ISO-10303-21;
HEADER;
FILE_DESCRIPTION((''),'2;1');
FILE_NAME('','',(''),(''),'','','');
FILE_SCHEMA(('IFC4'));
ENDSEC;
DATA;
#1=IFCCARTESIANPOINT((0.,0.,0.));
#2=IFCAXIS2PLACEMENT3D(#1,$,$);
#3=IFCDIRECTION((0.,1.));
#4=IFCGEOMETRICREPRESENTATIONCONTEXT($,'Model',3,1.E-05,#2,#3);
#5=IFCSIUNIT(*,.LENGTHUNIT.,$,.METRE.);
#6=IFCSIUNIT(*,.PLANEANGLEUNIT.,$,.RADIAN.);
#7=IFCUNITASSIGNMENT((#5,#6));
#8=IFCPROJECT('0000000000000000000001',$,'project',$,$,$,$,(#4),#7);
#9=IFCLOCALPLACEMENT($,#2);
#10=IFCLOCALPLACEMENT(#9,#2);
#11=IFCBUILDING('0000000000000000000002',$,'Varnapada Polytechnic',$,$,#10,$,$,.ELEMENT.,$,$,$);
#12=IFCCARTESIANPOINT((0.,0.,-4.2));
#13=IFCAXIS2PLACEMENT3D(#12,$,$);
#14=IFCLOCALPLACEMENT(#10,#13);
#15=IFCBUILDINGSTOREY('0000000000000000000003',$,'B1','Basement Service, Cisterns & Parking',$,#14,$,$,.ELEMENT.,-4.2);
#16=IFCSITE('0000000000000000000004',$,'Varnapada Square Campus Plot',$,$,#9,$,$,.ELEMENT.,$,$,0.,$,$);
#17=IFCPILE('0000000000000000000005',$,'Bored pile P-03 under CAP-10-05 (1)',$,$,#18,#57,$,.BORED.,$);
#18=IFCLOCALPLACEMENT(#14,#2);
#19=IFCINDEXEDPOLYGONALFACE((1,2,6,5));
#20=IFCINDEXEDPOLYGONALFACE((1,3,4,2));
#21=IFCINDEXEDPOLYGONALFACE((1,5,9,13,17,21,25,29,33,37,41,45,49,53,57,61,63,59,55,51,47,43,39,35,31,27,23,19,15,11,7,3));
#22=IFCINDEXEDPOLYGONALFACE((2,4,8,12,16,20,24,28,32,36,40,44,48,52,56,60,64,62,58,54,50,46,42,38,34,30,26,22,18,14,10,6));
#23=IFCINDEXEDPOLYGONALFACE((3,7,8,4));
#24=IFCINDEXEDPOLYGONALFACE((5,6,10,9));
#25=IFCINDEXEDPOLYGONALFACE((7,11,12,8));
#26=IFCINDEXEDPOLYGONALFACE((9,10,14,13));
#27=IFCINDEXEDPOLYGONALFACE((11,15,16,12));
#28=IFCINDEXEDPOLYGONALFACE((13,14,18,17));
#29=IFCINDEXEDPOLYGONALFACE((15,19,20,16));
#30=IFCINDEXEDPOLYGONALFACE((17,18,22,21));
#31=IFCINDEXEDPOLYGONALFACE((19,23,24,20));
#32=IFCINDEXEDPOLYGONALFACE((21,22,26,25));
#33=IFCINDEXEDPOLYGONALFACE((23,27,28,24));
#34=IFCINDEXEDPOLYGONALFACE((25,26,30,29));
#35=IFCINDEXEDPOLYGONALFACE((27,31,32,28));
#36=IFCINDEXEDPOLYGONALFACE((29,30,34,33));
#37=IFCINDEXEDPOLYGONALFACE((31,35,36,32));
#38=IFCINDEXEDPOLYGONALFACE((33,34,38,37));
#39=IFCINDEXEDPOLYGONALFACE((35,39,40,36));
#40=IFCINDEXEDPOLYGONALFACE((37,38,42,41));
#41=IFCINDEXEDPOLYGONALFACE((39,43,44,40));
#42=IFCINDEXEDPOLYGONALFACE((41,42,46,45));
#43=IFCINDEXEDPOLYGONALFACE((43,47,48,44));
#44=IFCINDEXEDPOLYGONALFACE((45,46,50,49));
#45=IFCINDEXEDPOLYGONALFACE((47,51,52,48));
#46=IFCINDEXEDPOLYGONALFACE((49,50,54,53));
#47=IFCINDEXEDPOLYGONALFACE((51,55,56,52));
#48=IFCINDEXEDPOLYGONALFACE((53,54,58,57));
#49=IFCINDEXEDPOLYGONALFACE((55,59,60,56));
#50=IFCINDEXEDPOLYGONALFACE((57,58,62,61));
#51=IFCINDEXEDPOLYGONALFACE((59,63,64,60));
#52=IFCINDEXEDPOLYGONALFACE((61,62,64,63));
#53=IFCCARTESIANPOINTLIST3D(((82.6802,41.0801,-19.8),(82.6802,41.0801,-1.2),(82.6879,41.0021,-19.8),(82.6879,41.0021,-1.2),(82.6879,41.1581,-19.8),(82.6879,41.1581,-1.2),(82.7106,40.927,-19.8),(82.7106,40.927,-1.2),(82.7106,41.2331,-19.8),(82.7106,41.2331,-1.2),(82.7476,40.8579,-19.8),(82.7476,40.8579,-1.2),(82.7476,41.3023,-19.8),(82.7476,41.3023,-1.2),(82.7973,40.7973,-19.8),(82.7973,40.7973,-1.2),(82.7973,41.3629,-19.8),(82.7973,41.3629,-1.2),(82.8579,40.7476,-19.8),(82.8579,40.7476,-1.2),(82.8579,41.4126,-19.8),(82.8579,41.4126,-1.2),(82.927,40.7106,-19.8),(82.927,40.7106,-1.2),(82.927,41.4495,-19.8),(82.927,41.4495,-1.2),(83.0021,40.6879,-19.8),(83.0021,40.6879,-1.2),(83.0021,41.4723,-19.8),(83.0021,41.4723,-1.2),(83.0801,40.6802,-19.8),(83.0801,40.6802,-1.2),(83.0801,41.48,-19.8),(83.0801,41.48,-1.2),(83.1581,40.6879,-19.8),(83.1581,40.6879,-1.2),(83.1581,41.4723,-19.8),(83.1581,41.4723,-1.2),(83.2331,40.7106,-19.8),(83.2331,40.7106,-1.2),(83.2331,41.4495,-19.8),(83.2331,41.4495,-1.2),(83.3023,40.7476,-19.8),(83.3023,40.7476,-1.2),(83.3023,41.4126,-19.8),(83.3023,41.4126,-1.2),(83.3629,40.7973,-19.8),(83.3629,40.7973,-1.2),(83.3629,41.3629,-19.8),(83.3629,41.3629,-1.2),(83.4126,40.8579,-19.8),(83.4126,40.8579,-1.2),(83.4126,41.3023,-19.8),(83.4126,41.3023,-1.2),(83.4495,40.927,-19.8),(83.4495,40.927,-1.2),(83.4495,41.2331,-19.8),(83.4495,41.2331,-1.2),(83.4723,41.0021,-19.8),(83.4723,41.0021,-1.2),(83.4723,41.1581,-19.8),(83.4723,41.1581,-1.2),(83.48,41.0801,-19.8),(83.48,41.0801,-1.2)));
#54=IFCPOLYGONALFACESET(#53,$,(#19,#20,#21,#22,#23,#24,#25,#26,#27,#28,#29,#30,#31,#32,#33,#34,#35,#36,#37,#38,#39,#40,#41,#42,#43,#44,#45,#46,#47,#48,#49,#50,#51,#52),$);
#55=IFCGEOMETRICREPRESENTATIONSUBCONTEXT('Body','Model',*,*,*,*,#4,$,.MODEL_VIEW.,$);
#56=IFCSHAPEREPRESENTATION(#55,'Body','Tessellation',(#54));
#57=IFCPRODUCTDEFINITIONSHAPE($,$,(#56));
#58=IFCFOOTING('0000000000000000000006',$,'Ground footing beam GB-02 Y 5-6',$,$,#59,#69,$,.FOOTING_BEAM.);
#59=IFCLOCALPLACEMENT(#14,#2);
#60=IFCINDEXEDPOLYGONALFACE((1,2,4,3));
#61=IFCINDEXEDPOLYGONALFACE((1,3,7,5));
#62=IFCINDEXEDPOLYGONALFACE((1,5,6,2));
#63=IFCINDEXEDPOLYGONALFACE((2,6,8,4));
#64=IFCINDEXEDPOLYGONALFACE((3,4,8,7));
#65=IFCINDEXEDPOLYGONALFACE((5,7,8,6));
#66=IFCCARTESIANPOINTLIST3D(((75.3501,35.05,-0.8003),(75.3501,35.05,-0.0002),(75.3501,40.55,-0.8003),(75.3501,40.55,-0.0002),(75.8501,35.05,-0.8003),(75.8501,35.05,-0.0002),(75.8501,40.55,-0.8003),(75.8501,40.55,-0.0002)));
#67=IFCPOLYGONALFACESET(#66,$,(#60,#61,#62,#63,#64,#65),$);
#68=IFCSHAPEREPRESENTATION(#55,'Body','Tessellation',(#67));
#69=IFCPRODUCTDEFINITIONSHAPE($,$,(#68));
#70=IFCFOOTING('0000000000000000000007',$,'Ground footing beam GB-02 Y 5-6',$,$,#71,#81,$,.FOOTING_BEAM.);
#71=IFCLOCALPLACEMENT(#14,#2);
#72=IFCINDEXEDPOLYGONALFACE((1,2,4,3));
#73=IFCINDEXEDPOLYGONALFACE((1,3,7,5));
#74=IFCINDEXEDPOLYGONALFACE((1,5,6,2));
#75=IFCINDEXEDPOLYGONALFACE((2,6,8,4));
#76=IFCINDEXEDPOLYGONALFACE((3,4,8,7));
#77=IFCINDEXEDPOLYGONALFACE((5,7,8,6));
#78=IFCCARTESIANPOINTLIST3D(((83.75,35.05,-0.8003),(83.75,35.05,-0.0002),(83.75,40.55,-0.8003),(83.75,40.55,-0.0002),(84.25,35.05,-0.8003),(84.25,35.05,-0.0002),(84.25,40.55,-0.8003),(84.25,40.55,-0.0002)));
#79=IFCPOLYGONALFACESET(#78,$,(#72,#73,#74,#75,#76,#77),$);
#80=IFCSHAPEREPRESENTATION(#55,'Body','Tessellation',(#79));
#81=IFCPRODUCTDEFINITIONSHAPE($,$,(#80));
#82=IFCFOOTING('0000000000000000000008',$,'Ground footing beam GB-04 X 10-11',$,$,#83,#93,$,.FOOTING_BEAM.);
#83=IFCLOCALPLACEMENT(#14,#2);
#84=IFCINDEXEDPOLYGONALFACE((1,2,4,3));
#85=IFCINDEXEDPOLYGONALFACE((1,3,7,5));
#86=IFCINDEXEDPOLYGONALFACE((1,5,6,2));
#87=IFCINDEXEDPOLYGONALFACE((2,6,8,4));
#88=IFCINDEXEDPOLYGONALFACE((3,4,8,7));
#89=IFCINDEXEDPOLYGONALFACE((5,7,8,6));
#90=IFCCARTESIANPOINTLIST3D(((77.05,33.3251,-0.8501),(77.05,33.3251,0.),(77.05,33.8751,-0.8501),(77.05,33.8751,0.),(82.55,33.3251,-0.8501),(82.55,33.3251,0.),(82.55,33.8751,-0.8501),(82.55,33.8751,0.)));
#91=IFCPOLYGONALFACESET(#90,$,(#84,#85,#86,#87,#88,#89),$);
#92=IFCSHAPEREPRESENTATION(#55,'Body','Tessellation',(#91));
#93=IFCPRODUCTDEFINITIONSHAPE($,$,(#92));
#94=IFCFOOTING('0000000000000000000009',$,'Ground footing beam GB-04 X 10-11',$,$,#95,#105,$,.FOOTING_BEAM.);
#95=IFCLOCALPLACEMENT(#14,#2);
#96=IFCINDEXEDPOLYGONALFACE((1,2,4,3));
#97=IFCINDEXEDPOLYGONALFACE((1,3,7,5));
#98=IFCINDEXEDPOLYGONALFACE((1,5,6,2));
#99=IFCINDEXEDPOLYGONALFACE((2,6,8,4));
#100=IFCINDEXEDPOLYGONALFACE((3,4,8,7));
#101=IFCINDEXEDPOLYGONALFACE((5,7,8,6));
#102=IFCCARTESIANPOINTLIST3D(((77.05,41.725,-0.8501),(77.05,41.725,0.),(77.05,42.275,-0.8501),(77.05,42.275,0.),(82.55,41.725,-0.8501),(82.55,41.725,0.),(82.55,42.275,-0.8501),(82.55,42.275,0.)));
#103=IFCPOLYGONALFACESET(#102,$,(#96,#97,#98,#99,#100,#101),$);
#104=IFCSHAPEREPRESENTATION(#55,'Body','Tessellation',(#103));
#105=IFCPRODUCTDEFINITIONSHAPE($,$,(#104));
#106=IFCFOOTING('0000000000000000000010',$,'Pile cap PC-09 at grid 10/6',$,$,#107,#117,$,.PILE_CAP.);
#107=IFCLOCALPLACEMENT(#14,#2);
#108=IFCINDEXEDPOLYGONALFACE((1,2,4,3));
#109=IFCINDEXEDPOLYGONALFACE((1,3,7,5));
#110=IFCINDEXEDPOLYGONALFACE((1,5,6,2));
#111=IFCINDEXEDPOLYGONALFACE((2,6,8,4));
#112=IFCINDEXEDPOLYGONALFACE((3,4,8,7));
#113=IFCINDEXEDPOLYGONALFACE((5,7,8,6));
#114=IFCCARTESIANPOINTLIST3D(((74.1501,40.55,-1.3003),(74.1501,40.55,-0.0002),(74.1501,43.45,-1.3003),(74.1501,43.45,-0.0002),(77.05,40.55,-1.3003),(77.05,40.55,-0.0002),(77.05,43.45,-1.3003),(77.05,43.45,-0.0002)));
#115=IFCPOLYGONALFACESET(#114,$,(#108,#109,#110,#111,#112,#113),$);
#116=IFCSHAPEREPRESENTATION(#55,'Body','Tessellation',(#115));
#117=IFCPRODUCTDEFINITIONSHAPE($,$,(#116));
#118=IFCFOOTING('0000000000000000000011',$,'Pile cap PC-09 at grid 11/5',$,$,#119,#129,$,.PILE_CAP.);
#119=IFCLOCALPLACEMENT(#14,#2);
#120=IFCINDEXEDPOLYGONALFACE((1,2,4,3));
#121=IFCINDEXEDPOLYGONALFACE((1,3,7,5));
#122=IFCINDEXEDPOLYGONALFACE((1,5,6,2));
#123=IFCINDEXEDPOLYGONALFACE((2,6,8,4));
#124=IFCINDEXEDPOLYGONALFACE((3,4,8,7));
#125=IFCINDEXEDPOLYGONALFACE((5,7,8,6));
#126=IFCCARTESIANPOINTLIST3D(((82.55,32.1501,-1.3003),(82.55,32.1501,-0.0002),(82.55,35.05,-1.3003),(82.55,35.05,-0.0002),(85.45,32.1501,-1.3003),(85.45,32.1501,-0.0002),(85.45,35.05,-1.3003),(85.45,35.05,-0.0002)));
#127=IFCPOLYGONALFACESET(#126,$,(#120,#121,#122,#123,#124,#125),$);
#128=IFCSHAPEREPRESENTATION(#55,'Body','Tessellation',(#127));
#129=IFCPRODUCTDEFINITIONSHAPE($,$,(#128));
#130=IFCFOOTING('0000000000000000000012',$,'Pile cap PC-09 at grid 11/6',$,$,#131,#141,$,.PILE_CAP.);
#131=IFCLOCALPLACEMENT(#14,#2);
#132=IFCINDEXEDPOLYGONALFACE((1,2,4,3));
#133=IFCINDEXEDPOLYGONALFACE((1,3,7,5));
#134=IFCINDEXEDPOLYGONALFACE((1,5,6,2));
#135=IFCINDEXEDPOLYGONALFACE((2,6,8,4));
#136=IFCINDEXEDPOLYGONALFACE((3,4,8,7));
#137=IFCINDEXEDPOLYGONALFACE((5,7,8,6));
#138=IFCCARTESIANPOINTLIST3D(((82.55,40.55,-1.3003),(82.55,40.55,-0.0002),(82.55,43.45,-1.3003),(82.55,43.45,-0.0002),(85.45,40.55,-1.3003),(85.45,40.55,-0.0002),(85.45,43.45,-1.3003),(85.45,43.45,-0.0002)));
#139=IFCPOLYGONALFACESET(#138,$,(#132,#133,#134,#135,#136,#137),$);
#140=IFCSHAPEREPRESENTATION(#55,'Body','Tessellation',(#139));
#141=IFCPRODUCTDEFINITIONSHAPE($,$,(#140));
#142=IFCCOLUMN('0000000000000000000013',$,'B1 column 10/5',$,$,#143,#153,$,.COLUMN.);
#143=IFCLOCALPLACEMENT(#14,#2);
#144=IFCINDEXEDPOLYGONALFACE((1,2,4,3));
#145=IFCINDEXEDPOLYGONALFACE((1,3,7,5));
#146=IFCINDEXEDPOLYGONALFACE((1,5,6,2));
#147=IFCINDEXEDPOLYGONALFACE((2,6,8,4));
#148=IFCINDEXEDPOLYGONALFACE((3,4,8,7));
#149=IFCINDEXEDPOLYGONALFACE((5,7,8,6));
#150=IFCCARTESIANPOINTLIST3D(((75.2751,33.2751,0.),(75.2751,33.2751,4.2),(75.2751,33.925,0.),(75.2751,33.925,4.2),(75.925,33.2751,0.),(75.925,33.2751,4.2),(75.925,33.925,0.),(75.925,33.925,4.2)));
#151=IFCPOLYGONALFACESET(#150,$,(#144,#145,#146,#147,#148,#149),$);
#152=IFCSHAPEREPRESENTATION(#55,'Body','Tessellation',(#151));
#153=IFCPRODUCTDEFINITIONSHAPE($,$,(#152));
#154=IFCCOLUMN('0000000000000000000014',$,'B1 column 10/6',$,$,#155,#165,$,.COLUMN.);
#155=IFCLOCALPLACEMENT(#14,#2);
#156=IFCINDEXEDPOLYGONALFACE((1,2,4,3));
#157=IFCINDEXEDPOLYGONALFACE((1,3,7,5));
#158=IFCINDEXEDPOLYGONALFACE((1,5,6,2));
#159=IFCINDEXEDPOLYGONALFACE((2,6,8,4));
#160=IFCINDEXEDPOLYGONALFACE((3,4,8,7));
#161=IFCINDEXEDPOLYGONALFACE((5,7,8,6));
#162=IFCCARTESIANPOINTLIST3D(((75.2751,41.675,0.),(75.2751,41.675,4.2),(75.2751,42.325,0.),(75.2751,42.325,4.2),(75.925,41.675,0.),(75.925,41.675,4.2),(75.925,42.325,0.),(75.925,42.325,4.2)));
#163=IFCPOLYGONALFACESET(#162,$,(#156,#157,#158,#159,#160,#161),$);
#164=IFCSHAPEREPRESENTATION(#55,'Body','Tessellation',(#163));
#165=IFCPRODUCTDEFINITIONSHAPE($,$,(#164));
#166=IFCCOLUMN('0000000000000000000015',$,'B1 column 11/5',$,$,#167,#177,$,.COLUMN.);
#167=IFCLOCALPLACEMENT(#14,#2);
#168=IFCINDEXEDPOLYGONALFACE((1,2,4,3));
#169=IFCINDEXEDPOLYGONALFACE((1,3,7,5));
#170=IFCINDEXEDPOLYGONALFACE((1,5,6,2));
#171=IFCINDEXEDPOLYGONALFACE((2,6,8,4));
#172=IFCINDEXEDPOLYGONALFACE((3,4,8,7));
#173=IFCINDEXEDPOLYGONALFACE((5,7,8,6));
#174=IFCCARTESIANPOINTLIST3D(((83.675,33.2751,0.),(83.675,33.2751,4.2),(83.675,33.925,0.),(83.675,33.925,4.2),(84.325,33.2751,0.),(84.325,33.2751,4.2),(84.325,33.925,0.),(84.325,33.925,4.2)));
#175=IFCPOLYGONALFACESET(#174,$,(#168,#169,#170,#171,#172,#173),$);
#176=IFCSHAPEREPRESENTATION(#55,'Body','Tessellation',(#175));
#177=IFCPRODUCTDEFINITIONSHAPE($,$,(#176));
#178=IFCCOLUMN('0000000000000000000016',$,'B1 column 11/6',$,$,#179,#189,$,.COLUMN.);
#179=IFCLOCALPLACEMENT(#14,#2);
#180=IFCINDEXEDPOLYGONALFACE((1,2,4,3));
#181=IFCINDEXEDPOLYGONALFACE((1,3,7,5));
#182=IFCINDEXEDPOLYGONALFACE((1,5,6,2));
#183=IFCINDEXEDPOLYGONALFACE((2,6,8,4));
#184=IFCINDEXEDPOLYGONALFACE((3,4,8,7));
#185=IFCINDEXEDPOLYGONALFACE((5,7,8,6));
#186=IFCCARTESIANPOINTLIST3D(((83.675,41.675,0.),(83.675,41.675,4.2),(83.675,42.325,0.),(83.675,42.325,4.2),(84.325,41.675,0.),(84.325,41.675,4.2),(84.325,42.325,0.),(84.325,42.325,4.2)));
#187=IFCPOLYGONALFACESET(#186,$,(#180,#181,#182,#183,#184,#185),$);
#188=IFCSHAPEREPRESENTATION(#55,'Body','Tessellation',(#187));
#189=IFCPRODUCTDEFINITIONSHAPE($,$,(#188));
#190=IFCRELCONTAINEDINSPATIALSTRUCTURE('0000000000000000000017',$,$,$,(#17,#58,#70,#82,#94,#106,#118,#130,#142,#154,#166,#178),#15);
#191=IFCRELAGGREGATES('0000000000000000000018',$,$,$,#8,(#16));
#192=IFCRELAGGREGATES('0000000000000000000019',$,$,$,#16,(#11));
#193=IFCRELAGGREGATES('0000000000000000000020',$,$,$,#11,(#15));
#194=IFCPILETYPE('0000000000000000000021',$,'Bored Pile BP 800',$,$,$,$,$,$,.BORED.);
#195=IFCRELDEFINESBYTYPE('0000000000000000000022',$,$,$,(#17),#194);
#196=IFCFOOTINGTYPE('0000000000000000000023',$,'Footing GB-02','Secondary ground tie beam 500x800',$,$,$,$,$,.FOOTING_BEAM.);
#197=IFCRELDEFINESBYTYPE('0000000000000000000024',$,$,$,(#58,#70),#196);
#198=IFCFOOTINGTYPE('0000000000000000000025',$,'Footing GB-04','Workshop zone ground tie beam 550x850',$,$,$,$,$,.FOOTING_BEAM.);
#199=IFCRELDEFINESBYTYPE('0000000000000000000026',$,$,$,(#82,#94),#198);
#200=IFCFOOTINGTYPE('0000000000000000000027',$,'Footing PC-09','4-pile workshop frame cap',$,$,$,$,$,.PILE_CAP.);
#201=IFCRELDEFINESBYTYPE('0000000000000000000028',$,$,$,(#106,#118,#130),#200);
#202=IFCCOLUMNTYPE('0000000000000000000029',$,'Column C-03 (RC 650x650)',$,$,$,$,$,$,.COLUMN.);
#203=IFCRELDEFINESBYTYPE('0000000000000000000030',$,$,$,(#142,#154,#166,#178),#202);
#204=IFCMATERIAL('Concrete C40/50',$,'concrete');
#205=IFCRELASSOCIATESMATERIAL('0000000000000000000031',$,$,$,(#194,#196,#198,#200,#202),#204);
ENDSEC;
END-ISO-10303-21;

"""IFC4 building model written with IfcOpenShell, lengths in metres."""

from ifc_helpers import new_model, si_unit, direction, frame, origin, origin_2d, place, context, subcontext, project, spatial, rectangle, circle, extrude, material, material_profile, profile_set, type_object, element, save


model = new_model("IFC4")

# Units and contexts
model_context = context("Model", 3, precision=1e-05, world=origin(), true_north=direction((0.0, 1.0)))
body_context = subcontext(model_context, "Body", "Model", "MODEL_VIEW")
ifc_project = project(units=[si_unit("LENGTHUNIT", "METRE"), si_unit("PLANEANGLEUNIT", "RADIAN")], contexts=[model_context])

# Site, building, storey
site_placement = place(None, origin())
site = spatial("IfcSite", under=ifc_project, at=site_placement, Name="Varnapada Square Campus Plot", CompositionType="ELEMENT", RefElevation=0.0)
building_placement = place(site_placement, origin())
building = spatial("IfcBuilding", under=site, at=building_placement, Name="Varnapada Polytechnic", CompositionType="ELEMENT")
storey_placement = place(building_placement, frame((0.0, 0.0, -4.2)))
storey = spatial("IfcBuildingStorey", under=building, at=storey_placement, Name="B1", Description="Basement Service, Cisterns & Parking", CompositionType="ELEMENT", Elevation=-4.2)

# Pile
ifc_material_1 = material(Name="Concrete C40/50", Category="concrete")
ifc_material_profile_1 = material_profile(ifc_material_1, circle(Radius=0.3999, at=origin_2d()), Name="BP 800")
ifc_profile_set_1 = profile_set([ifc_material_profile_1], Name="Concrete C40/50")
pile_type = type_object("IfcPileType", Name="Bored Pile BP 800", PredefinedType="BORED", material=ifc_profile_set_1)
for number, where, z_axis, x_axis, name in (
    (1, (83.0801, 41.0801, -1.2), (0.0, 0.0, -1.0), (1.0, 0.0, 0.0), "Bored pile P-03 under CAP-10-05 (1)"),
):
    element("IfcPile", number, at=place(storey_placement, frame(where, z_axis=z_axis, x_axis=x_axis)), inside=storey, type_object=pile_type, Name=name, PredefinedType="BORED", context=body_context, shape_type="SweptSolid", body=[
        extrude(circle(Radius=0.3999, at=origin_2d()), origin(), (0.0, 0.0, 1.0), 18.6001),
    ])

# Footings
footing_type_1 = type_object("IfcFootingType", Name="Footing GB-02", Description="Secondary ground tie beam 500x800", PredefinedType="FOOTING_BEAM", material=ifc_material_1)
for number, where, z_axis, x_axis, name in (
    (2, (75.6001, 37.8, -0.8003), (0.0, 0.0, 1.0), (0.0, 1.0, 0.0), "Ground footing beam GB-02 Y 5-6"),
    (3, (84.0, 37.8, -0.8003), (0.0, 0.0, 1.0), (0.0, 1.0, 0.0), "Ground footing beam GB-02 Y 5-6"),
):
    element("IfcFooting", number, at=place(storey_placement, frame(where, z_axis=z_axis, x_axis=x_axis)), inside=storey, type_object=footing_type_1, Name=name, PredefinedType="FOOTING_BEAM", context=body_context, shape_type="SweptSolid", body=[
        extrude(rectangle(XDim=5.5, YDim=0.5, at=origin_2d()), origin(), (0.0, 0.0, 1.0), 0.8),
    ])
footing_type_2 = type_object("IfcFootingType", Name="Footing GB-04", Description="Workshop zone ground tie beam 550x850", PredefinedType="FOOTING_BEAM", material=ifc_material_1)
for number, where, z_axis, x_axis, name in (
    (4, (79.8, 33.6001, -0.8501), (0.0, 0.0, 1.0), (1.0, 0.0, 0.0), "Ground footing beam GB-04 X 10-11"),
    (5, (79.8, 42.0, -0.8501), (0.0, 0.0, 1.0), (1.0, 0.0, 0.0), "Ground footing beam GB-04 X 10-11"),
):
    element("IfcFooting", number, at=place(storey_placement, frame(where, z_axis=z_axis, x_axis=x_axis)), inside=storey, type_object=footing_type_2, Name=name, PredefinedType="FOOTING_BEAM", context=body_context, shape_type="SweptSolid", body=[
        extrude(rectangle(XDim=5.5, YDim=0.55, at=origin_2d()), origin(), (0.0, 0.0, 1.0), 0.8501),
    ])
footing_type_3 = type_object("IfcFootingType", Name="Footing PC-09", Description="4-pile workshop frame cap", PredefinedType="PILE_CAP", material=ifc_material_1)
for number, where, z_axis, x_axis, name in (
    (6, (75.6001, 42.0, -1.3003), (0.0, 0.0, 1.0), (1.0, 0.0, 0.0), "Pile cap PC-09 at grid 10/6"),
    (7, (84.0, 33.6001, -1.3003), (0.0, 0.0, 1.0), (1.0, 0.0, 0.0), "Pile cap PC-09 at grid 11/5"),
    (8, (84.0, 42.0, -1.3003), (0.0, 0.0, 1.0), (1.0, 0.0, 0.0), "Pile cap PC-09 at grid 11/6"),
):
    element("IfcFooting", number, at=place(storey_placement, frame(where, z_axis=z_axis, x_axis=x_axis)), inside=storey, type_object=footing_type_3, Name=name, PredefinedType="PILE_CAP", context=body_context, shape_type="SweptSolid", body=[
        extrude(rectangle(XDim=2.8999, YDim=2.8999, at=origin_2d()), origin(), (0.0, 0.0, 1.0), 1.3),
    ])

# Columns
ifc_material_profile_2 = material_profile(ifc_material_1, rectangle(XDim=0.6499, YDim=0.6499, at=origin_2d()), Name="RC 650x650")
ifc_profile_set_2 = profile_set([ifc_material_profile_2], Name="Concrete C40/50")
column_type = type_object("IfcColumnType", Name="Column C-03 (RC 650x650)", PredefinedType="COLUMN", material=ifc_profile_set_2)
for number, where, z_axis, x_axis, name in (
    (9, (75.6001, 33.6001, 0.0), (0.0, 0.0, 1.0), (1.0, 0.0, 0.0), "B1 column 10/5"),
    (10, (75.6001, 42.0, 0.0), (0.0, 0.0, 1.0), (1.0, 0.0, 0.0), "B1 column 10/6"),
    (11, (84.0, 33.6001, 0.0), (0.0, 0.0, 1.0), (1.0, 0.0, 0.0), "B1 column 11/5"),
    (12, (84.0, 42.0, 0.0), (0.0, 0.0, 1.0), (1.0, 0.0, 0.0), "B1 column 11/6"),
):
    element("IfcColumn", number, at=place(storey_placement, frame(where, z_axis=z_axis, x_axis=x_axis)), inside=storey, type_object=column_type, Name=name, PredefinedType="COLUMN", context=body_context, shape_type="SweptSolid", body=[
        extrude(rectangle(XDim=0.6499, YDim=0.6499, at=origin_2d()), origin(), (0.0, 0.0, 1.0), 4.2),
    ])

save(model, "model.ifc")
